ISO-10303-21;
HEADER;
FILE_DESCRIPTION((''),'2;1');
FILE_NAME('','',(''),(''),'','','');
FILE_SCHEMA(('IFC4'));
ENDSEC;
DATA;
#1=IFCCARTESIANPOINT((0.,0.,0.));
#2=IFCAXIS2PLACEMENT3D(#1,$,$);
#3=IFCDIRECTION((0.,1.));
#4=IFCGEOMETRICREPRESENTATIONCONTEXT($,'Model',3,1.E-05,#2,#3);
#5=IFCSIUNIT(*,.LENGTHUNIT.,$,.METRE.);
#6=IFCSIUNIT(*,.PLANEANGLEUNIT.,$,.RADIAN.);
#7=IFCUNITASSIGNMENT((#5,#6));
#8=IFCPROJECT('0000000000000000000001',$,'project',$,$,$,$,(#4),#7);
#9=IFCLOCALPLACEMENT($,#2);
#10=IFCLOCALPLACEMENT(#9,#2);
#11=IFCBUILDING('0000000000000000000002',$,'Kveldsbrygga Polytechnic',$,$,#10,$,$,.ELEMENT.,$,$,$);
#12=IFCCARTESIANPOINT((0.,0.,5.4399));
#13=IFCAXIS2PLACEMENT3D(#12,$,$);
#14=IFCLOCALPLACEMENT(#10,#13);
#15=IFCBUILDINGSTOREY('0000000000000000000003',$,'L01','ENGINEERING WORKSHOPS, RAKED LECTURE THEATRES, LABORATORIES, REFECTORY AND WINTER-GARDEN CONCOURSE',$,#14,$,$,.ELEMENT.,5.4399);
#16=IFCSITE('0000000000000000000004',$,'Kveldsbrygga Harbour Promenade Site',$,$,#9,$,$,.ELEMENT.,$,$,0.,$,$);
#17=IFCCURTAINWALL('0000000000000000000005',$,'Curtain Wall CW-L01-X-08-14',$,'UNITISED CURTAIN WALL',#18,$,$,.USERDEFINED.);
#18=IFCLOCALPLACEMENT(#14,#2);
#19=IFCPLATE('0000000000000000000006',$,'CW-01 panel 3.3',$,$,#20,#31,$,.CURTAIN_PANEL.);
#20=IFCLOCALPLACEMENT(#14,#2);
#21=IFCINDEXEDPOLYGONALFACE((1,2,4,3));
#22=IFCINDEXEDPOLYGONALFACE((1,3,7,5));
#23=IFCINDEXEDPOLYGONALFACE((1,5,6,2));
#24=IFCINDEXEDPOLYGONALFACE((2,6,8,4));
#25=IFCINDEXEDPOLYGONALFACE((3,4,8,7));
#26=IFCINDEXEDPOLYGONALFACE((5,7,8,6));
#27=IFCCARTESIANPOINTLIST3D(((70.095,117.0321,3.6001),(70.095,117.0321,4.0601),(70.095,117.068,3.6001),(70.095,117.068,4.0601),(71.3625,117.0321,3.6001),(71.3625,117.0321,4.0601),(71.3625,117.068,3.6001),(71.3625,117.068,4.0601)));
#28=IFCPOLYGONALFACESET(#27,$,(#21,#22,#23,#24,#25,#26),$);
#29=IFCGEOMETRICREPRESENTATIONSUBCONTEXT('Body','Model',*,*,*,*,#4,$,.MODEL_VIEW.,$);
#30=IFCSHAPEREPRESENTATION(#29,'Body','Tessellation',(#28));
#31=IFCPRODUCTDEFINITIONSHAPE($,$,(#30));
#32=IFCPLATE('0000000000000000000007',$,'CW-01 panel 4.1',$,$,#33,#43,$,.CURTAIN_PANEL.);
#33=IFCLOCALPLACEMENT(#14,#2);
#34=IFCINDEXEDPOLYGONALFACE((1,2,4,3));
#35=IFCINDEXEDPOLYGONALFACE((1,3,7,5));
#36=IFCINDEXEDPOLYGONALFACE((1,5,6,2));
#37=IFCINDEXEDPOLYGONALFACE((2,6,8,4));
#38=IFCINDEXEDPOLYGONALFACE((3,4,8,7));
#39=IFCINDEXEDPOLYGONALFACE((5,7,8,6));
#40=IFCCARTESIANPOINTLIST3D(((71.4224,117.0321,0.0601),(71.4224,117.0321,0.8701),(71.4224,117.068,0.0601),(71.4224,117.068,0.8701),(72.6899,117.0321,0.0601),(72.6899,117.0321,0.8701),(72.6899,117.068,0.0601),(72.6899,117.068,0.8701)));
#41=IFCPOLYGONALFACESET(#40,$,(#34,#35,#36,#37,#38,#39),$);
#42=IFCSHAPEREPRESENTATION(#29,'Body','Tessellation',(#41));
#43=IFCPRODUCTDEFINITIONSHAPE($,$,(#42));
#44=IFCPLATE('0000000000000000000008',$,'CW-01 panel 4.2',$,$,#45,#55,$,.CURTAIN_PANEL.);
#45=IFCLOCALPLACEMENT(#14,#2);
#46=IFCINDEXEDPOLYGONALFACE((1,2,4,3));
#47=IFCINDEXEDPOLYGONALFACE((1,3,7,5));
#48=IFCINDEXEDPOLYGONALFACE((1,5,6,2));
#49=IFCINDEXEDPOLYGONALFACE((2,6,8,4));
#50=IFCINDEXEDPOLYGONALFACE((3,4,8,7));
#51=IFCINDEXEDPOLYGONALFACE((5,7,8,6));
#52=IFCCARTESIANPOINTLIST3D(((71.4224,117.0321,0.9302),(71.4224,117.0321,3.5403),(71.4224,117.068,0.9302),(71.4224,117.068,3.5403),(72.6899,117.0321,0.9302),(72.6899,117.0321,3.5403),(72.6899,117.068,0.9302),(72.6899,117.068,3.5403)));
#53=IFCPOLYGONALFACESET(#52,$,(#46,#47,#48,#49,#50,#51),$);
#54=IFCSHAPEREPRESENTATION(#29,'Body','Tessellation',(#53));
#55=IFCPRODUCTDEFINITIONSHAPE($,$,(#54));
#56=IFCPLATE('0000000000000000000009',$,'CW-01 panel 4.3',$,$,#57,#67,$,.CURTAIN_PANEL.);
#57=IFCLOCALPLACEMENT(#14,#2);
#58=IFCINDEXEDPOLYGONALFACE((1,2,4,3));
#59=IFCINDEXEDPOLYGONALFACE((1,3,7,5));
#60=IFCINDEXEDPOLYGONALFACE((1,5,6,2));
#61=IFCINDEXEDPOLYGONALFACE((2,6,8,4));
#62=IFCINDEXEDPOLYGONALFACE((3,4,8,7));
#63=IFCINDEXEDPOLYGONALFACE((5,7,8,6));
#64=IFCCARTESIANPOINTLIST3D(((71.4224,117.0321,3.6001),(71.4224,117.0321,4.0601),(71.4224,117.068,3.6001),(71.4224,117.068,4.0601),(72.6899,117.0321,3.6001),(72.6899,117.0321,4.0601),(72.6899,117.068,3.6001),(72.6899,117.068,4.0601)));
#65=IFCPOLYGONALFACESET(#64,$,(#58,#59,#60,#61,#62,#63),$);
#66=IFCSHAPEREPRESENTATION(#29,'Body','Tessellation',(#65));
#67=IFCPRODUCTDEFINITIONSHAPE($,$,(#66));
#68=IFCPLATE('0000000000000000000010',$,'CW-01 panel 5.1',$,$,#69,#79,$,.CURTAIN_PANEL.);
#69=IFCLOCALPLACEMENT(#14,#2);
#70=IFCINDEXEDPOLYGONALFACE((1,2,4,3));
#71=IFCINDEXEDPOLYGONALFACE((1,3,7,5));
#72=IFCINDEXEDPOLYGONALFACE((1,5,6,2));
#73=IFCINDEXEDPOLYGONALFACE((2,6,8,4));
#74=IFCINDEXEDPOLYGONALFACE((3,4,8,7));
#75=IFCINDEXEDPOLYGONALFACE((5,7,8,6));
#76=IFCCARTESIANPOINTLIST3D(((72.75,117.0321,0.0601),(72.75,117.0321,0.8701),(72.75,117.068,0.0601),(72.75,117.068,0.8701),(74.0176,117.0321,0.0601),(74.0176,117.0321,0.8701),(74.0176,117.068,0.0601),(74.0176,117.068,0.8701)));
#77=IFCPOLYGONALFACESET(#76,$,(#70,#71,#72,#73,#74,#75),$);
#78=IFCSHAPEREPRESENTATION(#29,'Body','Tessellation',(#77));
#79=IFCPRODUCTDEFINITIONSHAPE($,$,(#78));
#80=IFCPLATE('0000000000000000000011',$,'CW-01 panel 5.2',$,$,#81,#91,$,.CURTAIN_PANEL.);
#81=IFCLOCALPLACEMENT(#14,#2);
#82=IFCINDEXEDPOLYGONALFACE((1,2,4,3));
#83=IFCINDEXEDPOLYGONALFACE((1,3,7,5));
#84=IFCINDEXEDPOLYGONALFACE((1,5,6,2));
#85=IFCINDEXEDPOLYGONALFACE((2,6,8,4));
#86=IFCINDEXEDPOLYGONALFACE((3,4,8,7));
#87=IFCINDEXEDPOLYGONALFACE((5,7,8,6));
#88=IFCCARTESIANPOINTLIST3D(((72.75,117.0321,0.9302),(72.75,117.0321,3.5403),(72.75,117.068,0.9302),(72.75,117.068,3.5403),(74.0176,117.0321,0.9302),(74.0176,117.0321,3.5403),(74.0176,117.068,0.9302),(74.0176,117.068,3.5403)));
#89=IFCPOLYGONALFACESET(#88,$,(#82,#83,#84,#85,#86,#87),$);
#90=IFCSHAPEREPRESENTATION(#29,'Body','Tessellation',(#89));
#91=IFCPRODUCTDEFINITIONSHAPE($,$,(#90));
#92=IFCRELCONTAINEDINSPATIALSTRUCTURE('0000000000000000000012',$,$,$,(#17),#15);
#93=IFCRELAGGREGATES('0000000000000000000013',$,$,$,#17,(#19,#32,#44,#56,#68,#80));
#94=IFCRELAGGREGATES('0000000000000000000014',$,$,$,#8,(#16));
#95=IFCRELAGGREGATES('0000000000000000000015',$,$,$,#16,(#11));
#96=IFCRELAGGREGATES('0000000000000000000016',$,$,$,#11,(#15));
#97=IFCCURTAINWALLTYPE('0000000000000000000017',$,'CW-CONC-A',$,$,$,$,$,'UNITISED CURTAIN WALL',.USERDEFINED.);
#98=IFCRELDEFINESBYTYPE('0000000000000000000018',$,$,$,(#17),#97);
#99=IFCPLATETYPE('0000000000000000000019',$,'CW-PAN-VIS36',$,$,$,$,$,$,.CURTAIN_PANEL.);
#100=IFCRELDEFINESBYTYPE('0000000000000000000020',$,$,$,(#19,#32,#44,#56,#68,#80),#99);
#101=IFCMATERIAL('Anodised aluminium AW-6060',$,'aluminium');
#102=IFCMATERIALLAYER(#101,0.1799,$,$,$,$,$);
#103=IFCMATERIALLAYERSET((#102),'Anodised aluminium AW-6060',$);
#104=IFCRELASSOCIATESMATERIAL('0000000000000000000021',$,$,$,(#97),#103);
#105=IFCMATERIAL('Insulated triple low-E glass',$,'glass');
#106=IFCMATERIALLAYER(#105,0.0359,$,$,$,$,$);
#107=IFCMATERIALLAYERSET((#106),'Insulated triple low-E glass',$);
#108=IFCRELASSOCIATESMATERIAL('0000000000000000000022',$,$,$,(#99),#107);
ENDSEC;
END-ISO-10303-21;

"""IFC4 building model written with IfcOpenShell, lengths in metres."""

from ifc_helpers import new_model, si_unit, direction, frame, origin, origin_2d, place, context, subcontext, project, spatial, rectangle, extrude, material, layer, layer_set, type_object, element, aggregate, save


model = new_model("IFC4")

# Units and contexts
model_context = context("Model", 3, precision=1e-05, world=origin(), true_north=direction((0.0, 1.0)))
body_context = subcontext(model_context, "Body", "Model", "MODEL_VIEW")
ifc_project = project(units=[si_unit("LENGTHUNIT", "METRE"), si_unit("PLANEANGLEUNIT", "RADIAN")], contexts=[model_context])

# Site, building, storey
site_placement = place(None, origin())
site = spatial("IfcSite", under=ifc_project, at=site_placement, Name="Kveldsbrygga Harbour Promenade Site", CompositionType="ELEMENT", RefElevation=0.0)
building_placement = place(site_placement, origin())
building = spatial("IfcBuilding", under=site, at=building_placement, Name="Kveldsbrygga Polytechnic", CompositionType="ELEMENT")
storey_placement = place(building_placement, frame((0.0, 0.0, 5.4399)))
storey = spatial("IfcBuildingStorey", under=building, at=storey_placement, Name="L01", Description="ENGINEERING WORKSHOPS, RAKED LECTURE THEATRES, LABORATORIES, REFECTORY AND WINTER-GARDEN CONCOURSE", CompositionType="ELEMENT", Elevation=5.4399)

# Curtain wall, plates
ifc_material_1 = material(Name="Anodised aluminium AW-6060", Category="aluminium")
ifc_layer_1 = layer(ifc_material_1, 0.1799)
ifc_layer_set_1 = layer_set([ifc_layer_1], Name="Anodised aluminium AW-6060")
curtain_wall_type = type_object("IfcCurtainWallType", Name="CW-CONC-A", ElementType="UNITISED CURTAIN WALL", PredefinedType="USERDEFINED", material=ifc_layer_set_1)
curtain_wall_placement = place(storey_placement, origin())
curtain_wall = element("IfcCurtainWall", 1, at=curtain_wall_placement, inside=storey, type_object=curtain_wall_type, Name="Curtain Wall CW-L01-X-08-14", ObjectType="UNITISED CURTAIN WALL", PredefinedType="USERDEFINED")
ifc_material_2 = material(Name="Insulated triple low-E glass", Category="glass")
ifc_layer_2 = layer(ifc_material_2, 0.0359)
ifc_layer_set_2 = layer_set([ifc_layer_2], Name="Insulated triple low-E glass")
plate_type = type_object("IfcPlateType", Name="CW-PAN-VIS36", PredefinedType="CURTAIN_PANEL", material=ifc_layer_set_2)
plate_1_placement = place(storey_placement, frame((70.7288, 117.05, 3.6001), z_axis=(0.0, 0.0, 1.0), x_axis=(1.0, 0.0, 0.0)))
plate_1 = element("IfcPlate", 2, at=plate_1_placement, type_object=plate_type, Name="CW-01 panel 3.3", PredefinedType="CURTAIN_PANEL", context=body_context, shape_type="SweptSolid", body=[
    extrude(rectangle(XDim=1.2676, YDim=0.0359, at=origin_2d()), origin(), (0.0, 0.0, 1.0), 0.46),
])
plate_2_placement = place(storey_placement, frame((72.0562, 117.05, 0.0601), z_axis=(0.0, 0.0, 1.0), x_axis=(1.0, 0.0, 0.0)))
plate_2 = element("IfcPlate", 3, at=plate_2_placement, type_object=plate_type, Name="CW-01 panel 4.1", PredefinedType="CURTAIN_PANEL", context=body_context, shape_type="SweptSolid", body=[
    extrude(rectangle(XDim=1.2676, YDim=0.0359, at=origin_2d()), origin(), (0.0, 0.0, 1.0), 0.8101),
])
plate_3_placement = place(storey_placement, frame((72.0562, 117.05, 0.9302), z_axis=(0.0, 0.0, 1.0), x_axis=(1.0, 0.0, 0.0)))
plate_3 = element("IfcPlate", 4, at=plate_3_placement, type_object=plate_type, Name="CW-01 panel 4.2", PredefinedType="CURTAIN_PANEL", context=body_context, shape_type="SweptSolid", body=[
    extrude(rectangle(XDim=1.2676, YDim=0.0359, at=origin_2d()), origin(), (0.0, 0.0, 1.0), 2.6101),
])
plate_4_placement = place(storey_placement, frame((72.0562, 117.05, 3.6001), z_axis=(0.0, 0.0, 1.0), x_axis=(1.0, 0.0, 0.0)))
plate_4 = element("IfcPlate", 5, at=plate_4_placement, type_object=plate_type, Name="CW-01 panel 4.3", PredefinedType="CURTAIN_PANEL", context=body_context, shape_type="SweptSolid", body=[
    extrude(rectangle(XDim=1.2676, YDim=0.0359, at=origin_2d()), origin(), (0.0, 0.0, 1.0), 0.46),
])
plate_5_placement = place(storey_placement, frame((73.3838, 117.05, 0.0601), z_axis=(0.0, 0.0, 1.0), x_axis=(1.0, 0.0, 0.0)))
plate_5 = element("IfcPlate", 6, at=plate_5_placement, type_object=plate_type, Name="CW-01 panel 5.1", PredefinedType="CURTAIN_PANEL", context=body_context, shape_type="SweptSolid", body=[
    extrude(rectangle(XDim=1.2676, YDim=0.0359, at=origin_2d()), origin(), (0.0, 0.0, 1.0), 0.8101),
])
plate_6_placement = place(storey_placement, frame((73.3838, 117.05, 0.9302), z_axis=(0.0, 0.0, 1.0), x_axis=(1.0, 0.0, 0.0)))
plate_6 = element("IfcPlate", 7, at=plate_6_placement, type_object=plate_type, Name="CW-01 panel 5.2", PredefinedType="CURTAIN_PANEL", context=body_context, shape_type="SweptSolid", body=[
    extrude(rectangle(XDim=1.2676, YDim=0.0359, at=origin_2d()), origin(), (0.0, 0.0, 1.0), 2.6101),
])
aggregate(curtain_wall, [plate_1, plate_2, plate_3, plate_4, plate_5, plate_6])

save(model, "model.ifc")
